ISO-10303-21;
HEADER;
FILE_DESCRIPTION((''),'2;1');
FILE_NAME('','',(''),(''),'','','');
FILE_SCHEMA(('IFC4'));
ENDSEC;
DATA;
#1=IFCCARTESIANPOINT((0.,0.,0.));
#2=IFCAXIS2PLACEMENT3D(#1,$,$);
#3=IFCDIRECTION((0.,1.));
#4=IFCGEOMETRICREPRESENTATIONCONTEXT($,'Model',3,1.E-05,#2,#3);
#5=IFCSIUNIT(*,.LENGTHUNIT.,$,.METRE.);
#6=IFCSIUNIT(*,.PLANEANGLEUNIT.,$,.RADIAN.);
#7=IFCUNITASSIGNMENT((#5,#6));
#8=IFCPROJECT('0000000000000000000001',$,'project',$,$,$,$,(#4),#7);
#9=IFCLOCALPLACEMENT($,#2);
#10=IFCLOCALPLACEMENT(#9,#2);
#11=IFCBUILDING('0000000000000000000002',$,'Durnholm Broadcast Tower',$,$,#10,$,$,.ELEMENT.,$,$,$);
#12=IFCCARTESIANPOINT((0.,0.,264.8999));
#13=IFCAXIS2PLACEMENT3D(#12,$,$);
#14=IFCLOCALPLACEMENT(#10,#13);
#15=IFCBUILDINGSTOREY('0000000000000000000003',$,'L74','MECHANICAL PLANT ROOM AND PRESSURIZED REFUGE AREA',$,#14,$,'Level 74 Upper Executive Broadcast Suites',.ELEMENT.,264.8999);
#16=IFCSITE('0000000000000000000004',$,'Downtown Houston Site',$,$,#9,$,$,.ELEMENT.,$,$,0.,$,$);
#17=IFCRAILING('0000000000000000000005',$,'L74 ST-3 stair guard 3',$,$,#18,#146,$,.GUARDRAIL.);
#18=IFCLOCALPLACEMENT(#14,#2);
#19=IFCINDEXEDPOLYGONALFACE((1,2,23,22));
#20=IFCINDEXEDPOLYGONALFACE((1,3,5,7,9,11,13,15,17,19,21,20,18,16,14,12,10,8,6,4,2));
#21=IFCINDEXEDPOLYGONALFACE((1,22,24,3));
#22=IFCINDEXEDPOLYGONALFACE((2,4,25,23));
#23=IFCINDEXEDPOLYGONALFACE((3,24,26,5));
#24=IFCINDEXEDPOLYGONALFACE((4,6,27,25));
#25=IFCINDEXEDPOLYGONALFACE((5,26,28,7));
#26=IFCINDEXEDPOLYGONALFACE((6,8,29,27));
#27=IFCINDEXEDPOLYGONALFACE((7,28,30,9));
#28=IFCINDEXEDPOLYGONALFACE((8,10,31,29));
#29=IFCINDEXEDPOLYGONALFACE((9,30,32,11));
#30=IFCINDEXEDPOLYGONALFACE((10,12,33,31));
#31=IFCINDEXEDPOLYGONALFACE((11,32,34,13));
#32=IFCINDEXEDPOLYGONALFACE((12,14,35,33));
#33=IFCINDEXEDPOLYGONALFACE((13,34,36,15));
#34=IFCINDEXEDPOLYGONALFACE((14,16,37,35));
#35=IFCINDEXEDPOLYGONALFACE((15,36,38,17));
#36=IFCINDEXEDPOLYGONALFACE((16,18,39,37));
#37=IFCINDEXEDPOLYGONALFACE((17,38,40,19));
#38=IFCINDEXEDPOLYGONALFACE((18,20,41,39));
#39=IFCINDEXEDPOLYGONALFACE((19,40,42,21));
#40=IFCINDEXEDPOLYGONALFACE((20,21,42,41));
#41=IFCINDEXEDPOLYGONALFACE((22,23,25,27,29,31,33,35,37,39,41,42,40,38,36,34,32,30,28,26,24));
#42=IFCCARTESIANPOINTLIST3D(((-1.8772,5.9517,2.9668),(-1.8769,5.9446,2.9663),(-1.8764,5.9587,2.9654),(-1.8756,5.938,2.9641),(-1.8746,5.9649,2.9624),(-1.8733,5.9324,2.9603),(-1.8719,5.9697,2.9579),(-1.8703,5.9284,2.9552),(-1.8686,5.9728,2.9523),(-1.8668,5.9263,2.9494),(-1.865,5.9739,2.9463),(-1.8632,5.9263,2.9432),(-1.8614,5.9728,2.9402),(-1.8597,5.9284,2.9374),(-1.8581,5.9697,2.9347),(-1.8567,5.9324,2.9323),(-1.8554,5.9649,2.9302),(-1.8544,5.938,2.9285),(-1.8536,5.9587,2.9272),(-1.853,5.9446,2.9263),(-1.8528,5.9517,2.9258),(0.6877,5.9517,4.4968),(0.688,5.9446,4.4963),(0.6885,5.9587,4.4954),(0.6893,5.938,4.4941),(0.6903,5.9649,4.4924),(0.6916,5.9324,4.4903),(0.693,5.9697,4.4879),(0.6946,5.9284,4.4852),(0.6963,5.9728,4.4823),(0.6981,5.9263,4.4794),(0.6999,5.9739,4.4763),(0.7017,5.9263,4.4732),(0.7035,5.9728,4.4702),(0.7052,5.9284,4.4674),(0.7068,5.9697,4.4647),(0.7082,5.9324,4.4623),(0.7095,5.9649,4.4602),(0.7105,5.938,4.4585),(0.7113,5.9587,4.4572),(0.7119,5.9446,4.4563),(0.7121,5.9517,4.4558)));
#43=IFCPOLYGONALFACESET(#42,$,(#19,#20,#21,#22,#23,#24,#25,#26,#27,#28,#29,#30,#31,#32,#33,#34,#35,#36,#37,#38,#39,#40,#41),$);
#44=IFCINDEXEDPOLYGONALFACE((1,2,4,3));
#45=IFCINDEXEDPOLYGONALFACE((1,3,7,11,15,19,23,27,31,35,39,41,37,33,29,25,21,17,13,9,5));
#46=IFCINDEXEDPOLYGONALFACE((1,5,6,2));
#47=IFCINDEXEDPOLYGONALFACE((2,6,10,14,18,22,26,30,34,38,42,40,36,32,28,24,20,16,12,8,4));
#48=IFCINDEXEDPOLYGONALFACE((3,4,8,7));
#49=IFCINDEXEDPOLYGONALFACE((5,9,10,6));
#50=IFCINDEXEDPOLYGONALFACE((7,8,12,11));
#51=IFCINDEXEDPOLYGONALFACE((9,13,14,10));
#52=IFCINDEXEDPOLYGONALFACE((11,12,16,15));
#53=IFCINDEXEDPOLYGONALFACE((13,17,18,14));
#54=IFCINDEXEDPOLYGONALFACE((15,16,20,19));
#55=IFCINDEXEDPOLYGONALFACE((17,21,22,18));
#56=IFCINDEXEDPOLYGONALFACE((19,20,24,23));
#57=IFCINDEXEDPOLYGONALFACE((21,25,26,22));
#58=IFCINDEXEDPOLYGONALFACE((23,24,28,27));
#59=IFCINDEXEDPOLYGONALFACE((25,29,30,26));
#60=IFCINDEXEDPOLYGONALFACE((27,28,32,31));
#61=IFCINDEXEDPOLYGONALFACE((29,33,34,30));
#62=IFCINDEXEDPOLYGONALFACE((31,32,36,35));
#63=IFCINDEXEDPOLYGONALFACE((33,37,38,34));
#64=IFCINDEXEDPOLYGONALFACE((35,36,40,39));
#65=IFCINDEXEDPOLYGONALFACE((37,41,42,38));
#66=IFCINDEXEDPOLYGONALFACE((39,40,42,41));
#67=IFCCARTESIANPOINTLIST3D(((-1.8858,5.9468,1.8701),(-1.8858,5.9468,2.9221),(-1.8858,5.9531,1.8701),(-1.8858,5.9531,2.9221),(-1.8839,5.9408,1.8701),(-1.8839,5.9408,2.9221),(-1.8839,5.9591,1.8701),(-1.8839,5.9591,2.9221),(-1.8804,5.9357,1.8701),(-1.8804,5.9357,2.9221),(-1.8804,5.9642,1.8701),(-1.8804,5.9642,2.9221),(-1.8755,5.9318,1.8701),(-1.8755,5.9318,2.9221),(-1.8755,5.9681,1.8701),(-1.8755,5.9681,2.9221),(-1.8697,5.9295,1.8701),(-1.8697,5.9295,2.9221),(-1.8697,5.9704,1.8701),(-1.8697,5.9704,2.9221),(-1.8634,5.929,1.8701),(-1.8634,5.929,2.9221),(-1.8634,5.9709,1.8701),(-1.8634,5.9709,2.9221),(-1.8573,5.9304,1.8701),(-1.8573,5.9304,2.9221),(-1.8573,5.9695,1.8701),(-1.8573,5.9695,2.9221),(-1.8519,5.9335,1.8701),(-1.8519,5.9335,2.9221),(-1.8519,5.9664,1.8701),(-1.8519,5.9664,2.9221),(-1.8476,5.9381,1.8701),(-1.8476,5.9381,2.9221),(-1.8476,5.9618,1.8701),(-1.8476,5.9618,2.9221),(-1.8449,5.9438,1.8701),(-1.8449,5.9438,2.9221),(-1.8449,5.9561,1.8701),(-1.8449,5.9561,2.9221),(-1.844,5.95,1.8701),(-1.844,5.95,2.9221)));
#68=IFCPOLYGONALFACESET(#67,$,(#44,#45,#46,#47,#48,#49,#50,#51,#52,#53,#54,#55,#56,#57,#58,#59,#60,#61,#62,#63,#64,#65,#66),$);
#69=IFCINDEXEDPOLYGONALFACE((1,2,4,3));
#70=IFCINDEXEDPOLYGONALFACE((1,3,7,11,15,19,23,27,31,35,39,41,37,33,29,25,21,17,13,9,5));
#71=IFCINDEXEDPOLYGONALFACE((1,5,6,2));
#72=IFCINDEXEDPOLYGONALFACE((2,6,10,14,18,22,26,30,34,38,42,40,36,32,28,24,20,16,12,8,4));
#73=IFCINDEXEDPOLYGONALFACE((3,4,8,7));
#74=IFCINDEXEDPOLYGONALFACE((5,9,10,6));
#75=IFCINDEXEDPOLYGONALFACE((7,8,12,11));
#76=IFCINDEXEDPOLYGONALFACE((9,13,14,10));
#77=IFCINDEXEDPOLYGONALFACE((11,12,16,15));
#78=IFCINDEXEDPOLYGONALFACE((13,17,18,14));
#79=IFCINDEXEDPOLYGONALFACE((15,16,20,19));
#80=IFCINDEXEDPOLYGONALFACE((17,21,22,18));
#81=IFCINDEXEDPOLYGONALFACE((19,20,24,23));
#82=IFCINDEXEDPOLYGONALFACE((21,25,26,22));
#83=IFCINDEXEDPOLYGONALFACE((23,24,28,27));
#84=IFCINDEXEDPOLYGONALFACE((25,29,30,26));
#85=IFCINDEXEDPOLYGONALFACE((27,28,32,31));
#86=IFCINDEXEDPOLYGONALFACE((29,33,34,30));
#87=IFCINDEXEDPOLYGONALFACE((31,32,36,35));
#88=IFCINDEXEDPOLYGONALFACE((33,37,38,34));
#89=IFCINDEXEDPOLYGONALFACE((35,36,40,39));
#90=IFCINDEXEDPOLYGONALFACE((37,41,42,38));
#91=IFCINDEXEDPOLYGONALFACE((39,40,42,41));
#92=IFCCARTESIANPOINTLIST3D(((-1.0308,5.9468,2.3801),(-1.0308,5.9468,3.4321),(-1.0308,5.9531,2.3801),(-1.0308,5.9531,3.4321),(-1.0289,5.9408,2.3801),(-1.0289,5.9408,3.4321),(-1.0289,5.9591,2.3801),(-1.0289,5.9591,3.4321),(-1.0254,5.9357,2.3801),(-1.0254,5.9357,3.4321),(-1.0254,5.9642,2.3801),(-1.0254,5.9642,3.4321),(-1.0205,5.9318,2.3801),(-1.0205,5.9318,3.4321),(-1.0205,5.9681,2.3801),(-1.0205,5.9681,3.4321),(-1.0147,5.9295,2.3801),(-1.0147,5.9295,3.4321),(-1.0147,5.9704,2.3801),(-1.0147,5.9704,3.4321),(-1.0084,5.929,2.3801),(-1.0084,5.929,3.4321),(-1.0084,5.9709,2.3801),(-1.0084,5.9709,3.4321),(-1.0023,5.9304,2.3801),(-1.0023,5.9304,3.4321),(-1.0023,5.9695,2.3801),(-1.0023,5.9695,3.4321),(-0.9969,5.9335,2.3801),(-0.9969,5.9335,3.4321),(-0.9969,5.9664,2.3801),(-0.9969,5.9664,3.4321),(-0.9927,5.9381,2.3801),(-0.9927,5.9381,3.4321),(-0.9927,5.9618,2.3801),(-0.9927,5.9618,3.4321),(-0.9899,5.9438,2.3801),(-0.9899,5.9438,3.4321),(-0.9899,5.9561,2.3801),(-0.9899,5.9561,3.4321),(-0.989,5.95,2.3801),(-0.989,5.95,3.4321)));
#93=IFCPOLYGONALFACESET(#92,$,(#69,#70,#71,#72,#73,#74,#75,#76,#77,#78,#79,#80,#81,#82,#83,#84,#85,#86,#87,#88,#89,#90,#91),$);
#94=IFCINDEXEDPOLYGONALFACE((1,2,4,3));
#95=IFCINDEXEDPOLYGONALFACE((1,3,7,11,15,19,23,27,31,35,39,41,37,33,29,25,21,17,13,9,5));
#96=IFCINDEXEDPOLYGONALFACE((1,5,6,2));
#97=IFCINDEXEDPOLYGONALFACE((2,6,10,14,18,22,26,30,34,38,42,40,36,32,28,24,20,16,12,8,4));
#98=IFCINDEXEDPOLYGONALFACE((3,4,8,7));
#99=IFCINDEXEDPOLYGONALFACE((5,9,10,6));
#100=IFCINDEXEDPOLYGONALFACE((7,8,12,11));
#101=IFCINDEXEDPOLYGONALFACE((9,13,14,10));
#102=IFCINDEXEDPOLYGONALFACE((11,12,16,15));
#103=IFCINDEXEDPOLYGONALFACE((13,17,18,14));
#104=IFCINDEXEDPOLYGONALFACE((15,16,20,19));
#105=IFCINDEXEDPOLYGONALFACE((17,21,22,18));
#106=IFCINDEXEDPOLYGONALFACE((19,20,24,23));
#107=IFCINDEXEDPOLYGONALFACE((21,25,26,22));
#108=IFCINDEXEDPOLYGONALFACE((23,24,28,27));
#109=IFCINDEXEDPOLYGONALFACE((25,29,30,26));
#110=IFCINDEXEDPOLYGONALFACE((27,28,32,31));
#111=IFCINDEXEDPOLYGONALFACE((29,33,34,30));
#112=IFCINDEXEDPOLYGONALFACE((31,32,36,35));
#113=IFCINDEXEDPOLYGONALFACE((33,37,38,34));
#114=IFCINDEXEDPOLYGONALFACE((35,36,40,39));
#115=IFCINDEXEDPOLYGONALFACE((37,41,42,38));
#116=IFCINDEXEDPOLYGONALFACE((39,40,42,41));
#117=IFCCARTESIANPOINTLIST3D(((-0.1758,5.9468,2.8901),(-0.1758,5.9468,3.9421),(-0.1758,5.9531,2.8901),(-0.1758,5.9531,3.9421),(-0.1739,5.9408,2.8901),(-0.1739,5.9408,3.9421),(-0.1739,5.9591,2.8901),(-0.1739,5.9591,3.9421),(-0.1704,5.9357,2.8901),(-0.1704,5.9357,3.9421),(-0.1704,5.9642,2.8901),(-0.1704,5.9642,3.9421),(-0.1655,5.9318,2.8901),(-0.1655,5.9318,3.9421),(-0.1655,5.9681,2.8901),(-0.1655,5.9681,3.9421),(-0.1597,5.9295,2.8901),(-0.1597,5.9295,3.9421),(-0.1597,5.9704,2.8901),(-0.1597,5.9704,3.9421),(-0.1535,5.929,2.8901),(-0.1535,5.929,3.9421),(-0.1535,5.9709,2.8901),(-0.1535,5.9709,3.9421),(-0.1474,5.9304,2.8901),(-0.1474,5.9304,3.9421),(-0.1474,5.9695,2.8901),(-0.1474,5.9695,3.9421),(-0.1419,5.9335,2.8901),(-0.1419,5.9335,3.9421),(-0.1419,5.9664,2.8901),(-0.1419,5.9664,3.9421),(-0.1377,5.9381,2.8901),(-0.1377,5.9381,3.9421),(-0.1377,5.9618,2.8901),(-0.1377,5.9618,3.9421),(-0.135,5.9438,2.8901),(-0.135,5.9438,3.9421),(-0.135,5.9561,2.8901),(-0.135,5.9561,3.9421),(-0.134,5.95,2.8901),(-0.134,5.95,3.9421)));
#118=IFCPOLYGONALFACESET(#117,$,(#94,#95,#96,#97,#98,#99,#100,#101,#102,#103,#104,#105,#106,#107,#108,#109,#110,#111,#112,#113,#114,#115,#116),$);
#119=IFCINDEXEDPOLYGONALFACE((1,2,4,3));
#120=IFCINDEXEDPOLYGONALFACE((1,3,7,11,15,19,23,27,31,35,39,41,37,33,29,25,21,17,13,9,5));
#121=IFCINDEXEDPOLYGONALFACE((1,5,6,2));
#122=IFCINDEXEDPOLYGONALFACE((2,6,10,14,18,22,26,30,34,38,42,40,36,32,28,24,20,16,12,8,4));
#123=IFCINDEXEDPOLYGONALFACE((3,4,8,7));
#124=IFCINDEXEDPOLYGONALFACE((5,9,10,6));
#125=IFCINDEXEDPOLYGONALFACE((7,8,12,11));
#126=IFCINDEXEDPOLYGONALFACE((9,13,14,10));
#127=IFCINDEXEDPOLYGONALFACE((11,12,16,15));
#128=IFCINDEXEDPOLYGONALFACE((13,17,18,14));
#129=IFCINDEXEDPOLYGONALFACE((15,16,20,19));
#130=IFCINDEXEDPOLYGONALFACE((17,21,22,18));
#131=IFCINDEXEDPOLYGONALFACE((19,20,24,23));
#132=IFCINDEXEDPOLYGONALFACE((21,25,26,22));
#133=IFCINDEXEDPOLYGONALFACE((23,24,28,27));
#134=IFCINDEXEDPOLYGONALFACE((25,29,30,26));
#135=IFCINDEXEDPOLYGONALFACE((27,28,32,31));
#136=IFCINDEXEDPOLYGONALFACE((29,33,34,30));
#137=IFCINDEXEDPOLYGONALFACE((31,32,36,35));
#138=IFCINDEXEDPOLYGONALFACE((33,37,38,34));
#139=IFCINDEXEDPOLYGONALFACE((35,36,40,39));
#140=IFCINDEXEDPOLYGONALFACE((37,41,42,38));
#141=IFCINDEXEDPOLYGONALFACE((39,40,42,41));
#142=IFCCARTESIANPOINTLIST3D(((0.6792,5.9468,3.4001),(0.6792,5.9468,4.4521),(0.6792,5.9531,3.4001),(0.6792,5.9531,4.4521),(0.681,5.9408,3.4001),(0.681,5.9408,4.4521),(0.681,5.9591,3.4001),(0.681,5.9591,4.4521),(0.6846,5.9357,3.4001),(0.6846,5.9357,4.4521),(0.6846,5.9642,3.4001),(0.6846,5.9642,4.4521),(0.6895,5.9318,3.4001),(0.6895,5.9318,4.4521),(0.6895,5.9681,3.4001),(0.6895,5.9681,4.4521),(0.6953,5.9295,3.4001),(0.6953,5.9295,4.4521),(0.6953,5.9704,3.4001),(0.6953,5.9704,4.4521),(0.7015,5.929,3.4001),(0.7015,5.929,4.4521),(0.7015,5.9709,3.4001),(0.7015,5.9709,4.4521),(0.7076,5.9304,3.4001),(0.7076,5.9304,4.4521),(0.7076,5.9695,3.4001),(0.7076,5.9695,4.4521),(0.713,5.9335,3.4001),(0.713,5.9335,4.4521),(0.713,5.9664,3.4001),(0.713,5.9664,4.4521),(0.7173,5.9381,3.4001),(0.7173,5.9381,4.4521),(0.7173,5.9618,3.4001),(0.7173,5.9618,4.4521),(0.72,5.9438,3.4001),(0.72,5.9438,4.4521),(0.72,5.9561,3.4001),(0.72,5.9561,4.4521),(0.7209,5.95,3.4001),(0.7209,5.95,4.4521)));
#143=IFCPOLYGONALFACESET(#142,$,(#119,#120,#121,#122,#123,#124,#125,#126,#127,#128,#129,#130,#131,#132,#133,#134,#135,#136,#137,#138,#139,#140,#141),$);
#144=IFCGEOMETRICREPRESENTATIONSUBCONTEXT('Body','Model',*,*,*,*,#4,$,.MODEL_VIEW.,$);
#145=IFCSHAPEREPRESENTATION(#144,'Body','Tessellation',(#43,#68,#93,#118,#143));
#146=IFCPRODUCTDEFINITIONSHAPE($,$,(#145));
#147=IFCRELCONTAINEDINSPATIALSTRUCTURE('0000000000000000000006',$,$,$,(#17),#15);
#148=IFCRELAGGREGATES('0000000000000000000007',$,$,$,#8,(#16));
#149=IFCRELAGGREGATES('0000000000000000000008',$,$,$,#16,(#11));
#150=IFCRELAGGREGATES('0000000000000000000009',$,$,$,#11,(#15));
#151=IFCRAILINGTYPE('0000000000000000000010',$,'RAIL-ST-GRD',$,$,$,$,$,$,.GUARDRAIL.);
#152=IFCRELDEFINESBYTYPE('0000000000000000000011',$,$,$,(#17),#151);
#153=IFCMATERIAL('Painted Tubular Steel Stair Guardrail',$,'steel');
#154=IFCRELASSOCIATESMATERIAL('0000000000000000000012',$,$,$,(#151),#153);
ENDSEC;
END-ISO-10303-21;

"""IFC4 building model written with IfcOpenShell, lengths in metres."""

from ifc_helpers import new_model, si_unit, direction, frame, origin, origin_2d, place, context, subcontext, project, spatial, circle, extrude, material, type_object, element, save


model = new_model("IFC4")

# Units and contexts
model_context = context("Model", 3, precision=1e-05, world=origin(), true_north=direction((0.0, 1.0)))
body_context = subcontext(model_context, "Body", "Model", "MODEL_VIEW")
ifc_project = project(units=[si_unit("LENGTHUNIT", "METRE"), si_unit("PLANEANGLEUNIT", "RADIAN")], contexts=[model_context])

# Site, building, storey
site_placement = place(None, origin())
site = spatial("IfcSite", under=ifc_project, at=site_placement, Name="Downtown Houston Site", CompositionType="ELEMENT", RefElevation=0.0)
building_placement = place(site_placement, origin())
building = spatial("IfcBuilding", under=site, at=building_placement, Name="Durnholm Broadcast Tower", CompositionType="ELEMENT")
storey_placement = place(building_placement, frame((0.0, 0.0, 264.8999)))
storey = spatial("IfcBuildingStorey", under=building, at=storey_placement, Name="L74", Description="MECHANICAL PLANT ROOM AND PRESSURIZED REFUGE AREA", LongName="Level 74 Upper Executive Broadcast Suites", CompositionType="ELEMENT", Elevation=264.8999)

# Railing
ifc_material_1 = material(Name="Painted Tubular Steel Stair Guardrail", Category="steel")
railing_type_1 = type_object("IfcRailingType", Name="RAIL-ST-GRD", PredefinedType="GUARDRAIL", material=ifc_material_1)
railing_1_placement = place(storey_placement, frame((-1.865, 5.95, 1.8701)))
element("IfcRailing", 1, at=railing_1_placement, inside=storey, type_object=railing_type_1, Name="L74 ST-3 stair guard 3", PredefinedType="GUARDRAIL", context=body_context, shape_type="SweptSolid", body=[
    extrude(circle(Radius=0.0239, at=origin_2d()), frame((0.0, 0.0, 1.0762), z_axis=(0.85881, 0.0, 0.512294), x_axis=(0.0, 1.0, 0.0)), (0.0, 0.0, 1.0), 2.9866),
    extrude(circle(Radius=0.021, at=origin_2d()), origin(), (0.0, 0.0, 1.0), 1.052),
    extrude(circle(Radius=0.021, at=origin_2d()), frame((0.855, 0.0, 0.51)), (0.0, 0.0, 1.0), 1.052),
    extrude(circle(Radius=0.021, at=origin_2d()), frame((1.71, 0.0, 1.02)), (0.0, 0.0, 1.0), 1.052),
    extrude(circle(Radius=0.021, at=origin_2d()), frame((2.5649, 0.0, 1.53)), (0.0, 0.0, 1.0), 1.052),
])

save(model, "model.ifc")
